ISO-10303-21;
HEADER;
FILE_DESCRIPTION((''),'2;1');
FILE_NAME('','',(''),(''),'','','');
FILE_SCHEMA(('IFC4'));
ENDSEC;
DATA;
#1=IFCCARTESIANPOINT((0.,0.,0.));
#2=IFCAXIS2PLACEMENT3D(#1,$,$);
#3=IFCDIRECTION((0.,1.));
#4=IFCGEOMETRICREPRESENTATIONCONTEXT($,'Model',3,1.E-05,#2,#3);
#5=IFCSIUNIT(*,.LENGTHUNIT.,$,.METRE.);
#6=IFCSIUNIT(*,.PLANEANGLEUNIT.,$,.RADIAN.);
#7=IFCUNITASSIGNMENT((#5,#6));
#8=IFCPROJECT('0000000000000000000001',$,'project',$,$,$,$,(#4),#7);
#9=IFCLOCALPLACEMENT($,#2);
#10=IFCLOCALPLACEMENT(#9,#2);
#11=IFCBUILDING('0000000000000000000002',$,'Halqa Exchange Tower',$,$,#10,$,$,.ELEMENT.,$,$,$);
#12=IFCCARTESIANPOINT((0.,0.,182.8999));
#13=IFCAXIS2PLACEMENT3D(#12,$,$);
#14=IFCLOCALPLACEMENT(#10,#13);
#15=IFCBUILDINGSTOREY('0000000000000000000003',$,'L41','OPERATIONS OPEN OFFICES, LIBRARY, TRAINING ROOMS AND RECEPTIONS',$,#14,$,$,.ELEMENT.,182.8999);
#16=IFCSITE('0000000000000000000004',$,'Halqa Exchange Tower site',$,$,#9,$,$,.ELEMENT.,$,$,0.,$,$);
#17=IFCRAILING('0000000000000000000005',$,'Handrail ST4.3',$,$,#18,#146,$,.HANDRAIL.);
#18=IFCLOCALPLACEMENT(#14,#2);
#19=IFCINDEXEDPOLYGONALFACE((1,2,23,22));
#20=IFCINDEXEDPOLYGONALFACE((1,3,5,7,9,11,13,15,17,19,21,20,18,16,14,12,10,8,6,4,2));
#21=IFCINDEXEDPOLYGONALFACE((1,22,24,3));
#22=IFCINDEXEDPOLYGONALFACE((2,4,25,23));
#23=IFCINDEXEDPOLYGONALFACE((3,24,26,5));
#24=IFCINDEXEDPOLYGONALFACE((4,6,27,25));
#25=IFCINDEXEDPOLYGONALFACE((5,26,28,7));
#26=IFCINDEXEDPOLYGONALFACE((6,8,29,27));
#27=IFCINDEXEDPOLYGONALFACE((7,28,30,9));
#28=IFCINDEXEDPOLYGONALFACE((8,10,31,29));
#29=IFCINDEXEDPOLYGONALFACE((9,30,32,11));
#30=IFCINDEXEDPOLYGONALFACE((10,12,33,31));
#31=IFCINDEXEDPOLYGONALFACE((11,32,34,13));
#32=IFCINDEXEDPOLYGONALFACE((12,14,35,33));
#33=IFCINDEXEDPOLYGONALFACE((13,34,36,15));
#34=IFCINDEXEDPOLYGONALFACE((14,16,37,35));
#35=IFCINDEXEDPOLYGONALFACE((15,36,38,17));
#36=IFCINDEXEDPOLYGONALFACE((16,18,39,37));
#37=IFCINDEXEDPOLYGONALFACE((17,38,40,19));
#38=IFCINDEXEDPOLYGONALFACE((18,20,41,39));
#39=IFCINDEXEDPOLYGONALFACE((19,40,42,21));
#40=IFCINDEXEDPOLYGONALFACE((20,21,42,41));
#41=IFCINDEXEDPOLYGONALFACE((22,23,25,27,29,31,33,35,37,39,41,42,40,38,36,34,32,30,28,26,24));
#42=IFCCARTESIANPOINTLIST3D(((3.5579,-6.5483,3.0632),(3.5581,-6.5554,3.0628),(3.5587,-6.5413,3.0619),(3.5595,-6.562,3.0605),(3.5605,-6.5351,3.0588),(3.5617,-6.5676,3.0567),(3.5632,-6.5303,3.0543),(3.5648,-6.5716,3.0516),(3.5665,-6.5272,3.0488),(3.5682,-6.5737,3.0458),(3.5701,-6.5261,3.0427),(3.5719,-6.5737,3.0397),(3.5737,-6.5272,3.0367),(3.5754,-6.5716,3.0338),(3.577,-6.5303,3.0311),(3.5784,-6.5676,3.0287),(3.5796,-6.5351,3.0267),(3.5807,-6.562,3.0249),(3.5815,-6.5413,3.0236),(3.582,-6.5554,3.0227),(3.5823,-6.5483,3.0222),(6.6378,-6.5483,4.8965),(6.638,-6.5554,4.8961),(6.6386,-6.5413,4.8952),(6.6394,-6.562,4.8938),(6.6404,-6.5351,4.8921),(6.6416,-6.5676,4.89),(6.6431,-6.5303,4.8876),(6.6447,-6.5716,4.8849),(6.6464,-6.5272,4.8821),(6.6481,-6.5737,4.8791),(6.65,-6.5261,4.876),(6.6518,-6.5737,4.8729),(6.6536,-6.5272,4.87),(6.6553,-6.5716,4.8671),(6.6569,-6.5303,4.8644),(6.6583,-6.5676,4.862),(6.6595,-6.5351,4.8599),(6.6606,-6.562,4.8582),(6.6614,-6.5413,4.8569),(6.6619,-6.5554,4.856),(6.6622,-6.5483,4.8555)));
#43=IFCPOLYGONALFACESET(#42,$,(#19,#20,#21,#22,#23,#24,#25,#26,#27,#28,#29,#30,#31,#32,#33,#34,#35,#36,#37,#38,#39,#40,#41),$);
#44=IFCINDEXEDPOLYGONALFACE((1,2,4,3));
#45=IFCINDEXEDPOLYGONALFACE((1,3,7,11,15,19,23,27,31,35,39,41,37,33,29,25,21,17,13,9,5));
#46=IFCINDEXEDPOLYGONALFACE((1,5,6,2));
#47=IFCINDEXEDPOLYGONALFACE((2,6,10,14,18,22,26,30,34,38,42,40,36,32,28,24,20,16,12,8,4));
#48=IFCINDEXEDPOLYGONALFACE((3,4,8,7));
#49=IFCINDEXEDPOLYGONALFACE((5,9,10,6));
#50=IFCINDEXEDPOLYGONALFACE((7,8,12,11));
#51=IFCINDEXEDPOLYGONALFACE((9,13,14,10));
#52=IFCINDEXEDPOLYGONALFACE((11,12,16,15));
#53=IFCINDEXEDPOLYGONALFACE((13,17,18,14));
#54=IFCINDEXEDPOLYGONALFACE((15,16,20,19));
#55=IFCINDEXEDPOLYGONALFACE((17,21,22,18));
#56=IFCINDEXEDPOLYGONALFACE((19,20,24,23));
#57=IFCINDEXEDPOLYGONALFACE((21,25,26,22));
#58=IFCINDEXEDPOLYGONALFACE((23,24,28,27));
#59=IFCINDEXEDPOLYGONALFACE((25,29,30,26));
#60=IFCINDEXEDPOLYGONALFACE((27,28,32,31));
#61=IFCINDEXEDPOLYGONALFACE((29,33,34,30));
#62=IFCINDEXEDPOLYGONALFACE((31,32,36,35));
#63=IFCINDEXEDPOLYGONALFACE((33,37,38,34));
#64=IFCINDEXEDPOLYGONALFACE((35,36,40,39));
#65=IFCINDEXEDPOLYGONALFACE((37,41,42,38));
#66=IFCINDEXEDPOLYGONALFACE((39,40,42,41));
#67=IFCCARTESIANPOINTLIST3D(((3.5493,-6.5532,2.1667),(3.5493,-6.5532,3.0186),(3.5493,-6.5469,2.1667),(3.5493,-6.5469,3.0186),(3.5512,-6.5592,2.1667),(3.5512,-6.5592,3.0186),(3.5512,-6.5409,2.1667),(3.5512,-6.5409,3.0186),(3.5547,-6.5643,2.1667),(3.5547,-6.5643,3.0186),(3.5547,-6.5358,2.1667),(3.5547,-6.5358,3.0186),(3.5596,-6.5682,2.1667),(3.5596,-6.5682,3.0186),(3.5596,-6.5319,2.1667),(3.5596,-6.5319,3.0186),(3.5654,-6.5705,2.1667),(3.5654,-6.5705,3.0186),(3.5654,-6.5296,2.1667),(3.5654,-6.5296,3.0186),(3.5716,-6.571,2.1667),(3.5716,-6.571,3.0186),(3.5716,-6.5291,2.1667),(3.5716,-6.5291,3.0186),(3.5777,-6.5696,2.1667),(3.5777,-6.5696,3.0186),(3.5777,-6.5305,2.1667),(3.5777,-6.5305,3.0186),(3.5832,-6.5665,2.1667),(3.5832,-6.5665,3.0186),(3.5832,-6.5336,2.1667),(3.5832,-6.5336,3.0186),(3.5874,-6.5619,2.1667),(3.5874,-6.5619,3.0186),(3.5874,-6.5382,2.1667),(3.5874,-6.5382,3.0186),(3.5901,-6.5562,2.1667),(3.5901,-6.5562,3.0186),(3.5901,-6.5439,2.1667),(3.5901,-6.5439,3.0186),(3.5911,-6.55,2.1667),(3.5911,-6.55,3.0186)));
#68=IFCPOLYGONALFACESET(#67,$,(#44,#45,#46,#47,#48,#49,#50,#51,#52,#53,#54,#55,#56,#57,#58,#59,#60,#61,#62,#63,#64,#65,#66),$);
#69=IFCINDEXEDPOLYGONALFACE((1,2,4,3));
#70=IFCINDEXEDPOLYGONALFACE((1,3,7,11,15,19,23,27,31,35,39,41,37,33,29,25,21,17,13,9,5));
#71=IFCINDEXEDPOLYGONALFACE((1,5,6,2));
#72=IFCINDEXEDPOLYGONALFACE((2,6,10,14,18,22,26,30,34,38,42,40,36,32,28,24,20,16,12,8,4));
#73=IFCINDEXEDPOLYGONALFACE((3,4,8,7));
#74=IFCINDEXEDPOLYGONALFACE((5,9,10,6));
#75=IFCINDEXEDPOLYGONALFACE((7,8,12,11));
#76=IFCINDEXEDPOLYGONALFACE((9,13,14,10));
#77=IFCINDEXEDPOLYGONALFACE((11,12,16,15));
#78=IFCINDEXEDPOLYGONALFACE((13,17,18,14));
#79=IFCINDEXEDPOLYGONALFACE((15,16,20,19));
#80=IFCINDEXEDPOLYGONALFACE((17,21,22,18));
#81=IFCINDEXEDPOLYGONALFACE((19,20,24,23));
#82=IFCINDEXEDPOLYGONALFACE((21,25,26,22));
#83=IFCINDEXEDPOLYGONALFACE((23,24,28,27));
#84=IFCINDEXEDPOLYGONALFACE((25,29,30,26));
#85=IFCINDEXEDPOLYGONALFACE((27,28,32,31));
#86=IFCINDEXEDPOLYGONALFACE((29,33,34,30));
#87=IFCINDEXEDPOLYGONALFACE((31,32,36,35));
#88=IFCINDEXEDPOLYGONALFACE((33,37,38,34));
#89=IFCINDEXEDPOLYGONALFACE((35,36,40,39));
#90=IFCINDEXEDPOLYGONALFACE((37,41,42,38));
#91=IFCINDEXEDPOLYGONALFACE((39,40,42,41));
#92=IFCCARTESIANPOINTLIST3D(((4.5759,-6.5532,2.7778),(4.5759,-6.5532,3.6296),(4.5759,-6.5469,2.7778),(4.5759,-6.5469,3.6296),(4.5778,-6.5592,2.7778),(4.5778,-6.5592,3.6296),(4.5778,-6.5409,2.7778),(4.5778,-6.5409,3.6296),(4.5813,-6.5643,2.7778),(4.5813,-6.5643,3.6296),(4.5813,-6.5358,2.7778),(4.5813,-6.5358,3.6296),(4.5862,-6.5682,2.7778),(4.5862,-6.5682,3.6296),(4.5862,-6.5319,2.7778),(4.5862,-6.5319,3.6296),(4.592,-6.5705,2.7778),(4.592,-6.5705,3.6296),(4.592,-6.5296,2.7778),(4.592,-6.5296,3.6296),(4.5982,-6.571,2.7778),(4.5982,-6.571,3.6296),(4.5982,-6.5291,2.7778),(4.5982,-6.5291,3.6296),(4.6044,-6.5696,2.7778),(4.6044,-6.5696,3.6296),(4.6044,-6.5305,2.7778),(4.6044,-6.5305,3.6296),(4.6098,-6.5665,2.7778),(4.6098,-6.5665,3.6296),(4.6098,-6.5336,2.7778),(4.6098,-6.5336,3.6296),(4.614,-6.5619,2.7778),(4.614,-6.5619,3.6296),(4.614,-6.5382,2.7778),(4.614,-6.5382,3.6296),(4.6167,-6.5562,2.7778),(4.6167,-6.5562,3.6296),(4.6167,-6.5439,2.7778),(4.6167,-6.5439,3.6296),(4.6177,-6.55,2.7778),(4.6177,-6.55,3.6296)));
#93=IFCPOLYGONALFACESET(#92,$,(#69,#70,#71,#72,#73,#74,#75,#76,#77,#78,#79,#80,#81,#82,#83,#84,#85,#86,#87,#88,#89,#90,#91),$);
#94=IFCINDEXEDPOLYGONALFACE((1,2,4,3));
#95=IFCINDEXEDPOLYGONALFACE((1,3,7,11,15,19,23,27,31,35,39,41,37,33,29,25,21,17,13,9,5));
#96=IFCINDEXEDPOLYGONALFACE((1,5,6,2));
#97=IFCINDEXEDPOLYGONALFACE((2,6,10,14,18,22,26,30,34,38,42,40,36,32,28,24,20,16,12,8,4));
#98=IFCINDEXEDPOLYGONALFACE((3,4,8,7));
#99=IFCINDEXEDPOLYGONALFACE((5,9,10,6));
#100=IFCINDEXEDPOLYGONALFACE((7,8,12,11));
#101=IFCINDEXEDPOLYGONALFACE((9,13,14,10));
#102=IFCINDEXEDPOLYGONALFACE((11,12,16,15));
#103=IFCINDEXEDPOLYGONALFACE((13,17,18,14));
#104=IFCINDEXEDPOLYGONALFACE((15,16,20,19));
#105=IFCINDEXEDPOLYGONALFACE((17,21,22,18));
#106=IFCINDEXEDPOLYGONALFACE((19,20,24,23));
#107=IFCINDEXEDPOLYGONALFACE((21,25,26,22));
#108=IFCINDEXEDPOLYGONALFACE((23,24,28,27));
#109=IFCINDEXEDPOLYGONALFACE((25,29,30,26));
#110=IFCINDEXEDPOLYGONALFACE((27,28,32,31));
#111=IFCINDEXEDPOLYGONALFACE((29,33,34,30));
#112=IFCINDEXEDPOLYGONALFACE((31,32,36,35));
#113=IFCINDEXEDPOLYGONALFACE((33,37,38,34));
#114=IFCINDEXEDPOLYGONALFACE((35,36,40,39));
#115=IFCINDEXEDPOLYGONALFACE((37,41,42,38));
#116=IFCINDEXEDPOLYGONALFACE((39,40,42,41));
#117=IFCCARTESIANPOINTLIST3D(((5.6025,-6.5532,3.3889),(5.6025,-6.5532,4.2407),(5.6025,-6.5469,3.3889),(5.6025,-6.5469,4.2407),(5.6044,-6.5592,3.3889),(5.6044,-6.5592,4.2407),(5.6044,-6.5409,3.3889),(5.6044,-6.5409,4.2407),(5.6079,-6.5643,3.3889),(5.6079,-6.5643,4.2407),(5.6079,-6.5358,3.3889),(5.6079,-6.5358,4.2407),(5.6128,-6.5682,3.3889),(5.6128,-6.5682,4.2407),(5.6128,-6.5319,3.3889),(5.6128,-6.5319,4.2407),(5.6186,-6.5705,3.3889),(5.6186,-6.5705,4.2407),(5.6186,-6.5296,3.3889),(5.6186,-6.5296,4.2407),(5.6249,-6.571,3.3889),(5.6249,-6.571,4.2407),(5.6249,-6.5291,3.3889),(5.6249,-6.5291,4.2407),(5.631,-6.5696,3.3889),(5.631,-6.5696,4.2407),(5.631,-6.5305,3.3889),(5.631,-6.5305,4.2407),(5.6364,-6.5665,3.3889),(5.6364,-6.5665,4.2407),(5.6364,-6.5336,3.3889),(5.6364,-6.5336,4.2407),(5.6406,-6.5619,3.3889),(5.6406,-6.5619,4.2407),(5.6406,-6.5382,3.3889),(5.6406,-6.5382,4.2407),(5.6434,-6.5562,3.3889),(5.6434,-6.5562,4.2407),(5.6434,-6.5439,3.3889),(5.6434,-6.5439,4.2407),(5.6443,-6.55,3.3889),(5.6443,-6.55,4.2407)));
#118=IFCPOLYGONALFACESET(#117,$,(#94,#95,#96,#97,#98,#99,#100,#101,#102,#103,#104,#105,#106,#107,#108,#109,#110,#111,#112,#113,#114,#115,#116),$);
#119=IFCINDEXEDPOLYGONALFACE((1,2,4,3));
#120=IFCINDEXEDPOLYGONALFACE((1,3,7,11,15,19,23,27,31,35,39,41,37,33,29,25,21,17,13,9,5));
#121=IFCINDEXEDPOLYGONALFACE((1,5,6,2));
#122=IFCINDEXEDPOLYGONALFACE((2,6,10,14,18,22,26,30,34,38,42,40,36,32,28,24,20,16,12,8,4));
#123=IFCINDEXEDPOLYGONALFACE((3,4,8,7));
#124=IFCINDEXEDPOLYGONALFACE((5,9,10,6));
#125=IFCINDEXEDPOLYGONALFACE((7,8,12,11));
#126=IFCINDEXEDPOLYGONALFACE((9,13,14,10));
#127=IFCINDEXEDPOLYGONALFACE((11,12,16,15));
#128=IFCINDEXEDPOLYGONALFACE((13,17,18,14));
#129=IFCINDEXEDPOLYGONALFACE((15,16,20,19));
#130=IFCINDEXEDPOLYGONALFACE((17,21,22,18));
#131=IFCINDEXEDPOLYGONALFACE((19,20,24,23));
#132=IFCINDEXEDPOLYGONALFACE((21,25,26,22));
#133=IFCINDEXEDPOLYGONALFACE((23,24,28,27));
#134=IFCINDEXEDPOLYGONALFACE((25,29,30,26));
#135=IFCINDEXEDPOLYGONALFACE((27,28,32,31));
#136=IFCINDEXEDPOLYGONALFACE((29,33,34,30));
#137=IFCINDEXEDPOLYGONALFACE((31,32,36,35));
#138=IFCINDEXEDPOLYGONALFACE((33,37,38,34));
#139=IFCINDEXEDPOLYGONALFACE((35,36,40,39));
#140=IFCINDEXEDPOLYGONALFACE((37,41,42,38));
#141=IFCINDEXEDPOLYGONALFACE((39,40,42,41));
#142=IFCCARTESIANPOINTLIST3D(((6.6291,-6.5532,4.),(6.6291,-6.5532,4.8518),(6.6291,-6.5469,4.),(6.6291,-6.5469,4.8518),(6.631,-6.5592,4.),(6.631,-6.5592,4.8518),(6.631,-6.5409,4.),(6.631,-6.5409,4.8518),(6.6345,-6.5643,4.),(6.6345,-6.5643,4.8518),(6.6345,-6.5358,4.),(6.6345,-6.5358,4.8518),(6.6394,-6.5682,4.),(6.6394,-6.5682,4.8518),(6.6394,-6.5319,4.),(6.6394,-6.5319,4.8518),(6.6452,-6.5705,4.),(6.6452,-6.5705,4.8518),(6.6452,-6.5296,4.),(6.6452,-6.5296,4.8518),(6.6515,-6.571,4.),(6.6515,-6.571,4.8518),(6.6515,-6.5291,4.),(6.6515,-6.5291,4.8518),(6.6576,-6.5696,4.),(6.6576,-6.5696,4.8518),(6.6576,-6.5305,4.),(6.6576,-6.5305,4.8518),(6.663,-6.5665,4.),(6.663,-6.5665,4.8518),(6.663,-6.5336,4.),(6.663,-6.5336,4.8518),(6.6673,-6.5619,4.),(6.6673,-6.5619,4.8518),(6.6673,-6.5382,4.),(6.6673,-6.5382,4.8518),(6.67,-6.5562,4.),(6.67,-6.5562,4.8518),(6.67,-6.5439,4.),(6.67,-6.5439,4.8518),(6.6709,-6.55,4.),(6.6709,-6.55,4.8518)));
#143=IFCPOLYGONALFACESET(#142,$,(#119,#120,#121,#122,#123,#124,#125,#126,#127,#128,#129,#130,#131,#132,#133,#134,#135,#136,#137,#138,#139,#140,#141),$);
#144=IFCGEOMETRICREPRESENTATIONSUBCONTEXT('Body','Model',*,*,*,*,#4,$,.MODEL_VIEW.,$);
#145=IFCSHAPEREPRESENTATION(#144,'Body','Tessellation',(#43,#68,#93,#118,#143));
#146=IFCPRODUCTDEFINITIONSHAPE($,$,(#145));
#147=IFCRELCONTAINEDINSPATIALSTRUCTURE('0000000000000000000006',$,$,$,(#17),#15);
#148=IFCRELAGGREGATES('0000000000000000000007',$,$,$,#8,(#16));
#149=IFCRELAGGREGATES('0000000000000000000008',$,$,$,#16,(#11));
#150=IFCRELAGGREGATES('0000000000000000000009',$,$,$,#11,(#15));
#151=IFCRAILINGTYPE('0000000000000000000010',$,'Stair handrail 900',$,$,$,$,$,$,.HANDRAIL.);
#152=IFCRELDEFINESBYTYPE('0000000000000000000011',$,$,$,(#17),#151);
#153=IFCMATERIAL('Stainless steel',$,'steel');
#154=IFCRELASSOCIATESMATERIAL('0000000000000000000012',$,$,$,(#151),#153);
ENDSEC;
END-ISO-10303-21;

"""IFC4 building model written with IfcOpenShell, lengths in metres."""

from ifc_helpers import new_model, si_unit, direction, frame, origin, origin_2d, place, context, subcontext, project, spatial, circle, extrude, material, type_object, element, save


model = new_model("IFC4")

# Units and contexts
model_context = context("Model", 3, precision=1e-05, world=origin(), true_north=direction((0.0, 1.0)))
body_context = subcontext(model_context, "Body", "Model", "MODEL_VIEW")
ifc_project = project(units=[si_unit("LENGTHUNIT", "METRE"), si_unit("PLANEANGLEUNIT", "RADIAN")], contexts=[model_context])

# Site, building, storey
site_placement = place(None, origin())
site = spatial("IfcSite", under=ifc_project, at=site_placement, Name="Halqa Exchange Tower site", CompositionType="ELEMENT", RefElevation=0.0)
building_placement = place(site_placement, origin())
building = spatial("IfcBuilding", under=site, at=building_placement, Name="Halqa Exchange Tower", CompositionType="ELEMENT")
storey_placement = place(building_placement, frame((0.0, 0.0, 182.8999)))
storey = spatial("IfcBuildingStorey", under=building, at=storey_placement, Name="L41", Description="OPERATIONS OPEN OFFICES, LIBRARY, TRAINING ROOMS AND RECEPTIONS", CompositionType="ELEMENT", Elevation=182.8999)

# Railing
ifc_material_1 = material(Name="Stainless steel", Category="steel")
railing_type_1 = type_object("IfcRailingType", Name="Stair handrail 900", PredefinedType="HANDRAIL", material=ifc_material_1)
railing_1_placement = place(storey_placement, frame((3.5701, -6.55, 2.1667)))
element("IfcRailing", 1, at=railing_1_placement, inside=storey, type_object=railing_type_1, Name="Handrail ST4.3", PredefinedType="HANDRAIL", context=body_context, shape_type="SweptSolid", body=[
    extrude(circle(Radius=0.0239, at=origin_2d()), frame((0.0, 0.0, 0.876), z_axis=(0.859291, 0.0, 0.511487), x_axis=(0.0, 1.0, 0.0)), (0.0, 0.0, 1.0), 3.5842),
    extrude(circle(Radius=0.021, at=origin_2d()), origin(), (0.0, 0.0, 1.0), 0.8518),
    extrude(circle(Radius=0.021, at=origin_2d()), frame((1.0266, 0.0, 0.6111)), (0.0, 0.0, 1.0), 0.8518),
    extrude(circle(Radius=0.021, at=origin_2d()), frame((2.0532, 0.0, 1.2222)), (0.0, 0.0, 1.0), 0.8518),
    extrude(circle(Radius=0.021, at=origin_2d()), frame((3.0798, 0.0, 1.8333)), (0.0, 0.0, 1.0), 0.8518),
])

save(model, "model.ifc")
